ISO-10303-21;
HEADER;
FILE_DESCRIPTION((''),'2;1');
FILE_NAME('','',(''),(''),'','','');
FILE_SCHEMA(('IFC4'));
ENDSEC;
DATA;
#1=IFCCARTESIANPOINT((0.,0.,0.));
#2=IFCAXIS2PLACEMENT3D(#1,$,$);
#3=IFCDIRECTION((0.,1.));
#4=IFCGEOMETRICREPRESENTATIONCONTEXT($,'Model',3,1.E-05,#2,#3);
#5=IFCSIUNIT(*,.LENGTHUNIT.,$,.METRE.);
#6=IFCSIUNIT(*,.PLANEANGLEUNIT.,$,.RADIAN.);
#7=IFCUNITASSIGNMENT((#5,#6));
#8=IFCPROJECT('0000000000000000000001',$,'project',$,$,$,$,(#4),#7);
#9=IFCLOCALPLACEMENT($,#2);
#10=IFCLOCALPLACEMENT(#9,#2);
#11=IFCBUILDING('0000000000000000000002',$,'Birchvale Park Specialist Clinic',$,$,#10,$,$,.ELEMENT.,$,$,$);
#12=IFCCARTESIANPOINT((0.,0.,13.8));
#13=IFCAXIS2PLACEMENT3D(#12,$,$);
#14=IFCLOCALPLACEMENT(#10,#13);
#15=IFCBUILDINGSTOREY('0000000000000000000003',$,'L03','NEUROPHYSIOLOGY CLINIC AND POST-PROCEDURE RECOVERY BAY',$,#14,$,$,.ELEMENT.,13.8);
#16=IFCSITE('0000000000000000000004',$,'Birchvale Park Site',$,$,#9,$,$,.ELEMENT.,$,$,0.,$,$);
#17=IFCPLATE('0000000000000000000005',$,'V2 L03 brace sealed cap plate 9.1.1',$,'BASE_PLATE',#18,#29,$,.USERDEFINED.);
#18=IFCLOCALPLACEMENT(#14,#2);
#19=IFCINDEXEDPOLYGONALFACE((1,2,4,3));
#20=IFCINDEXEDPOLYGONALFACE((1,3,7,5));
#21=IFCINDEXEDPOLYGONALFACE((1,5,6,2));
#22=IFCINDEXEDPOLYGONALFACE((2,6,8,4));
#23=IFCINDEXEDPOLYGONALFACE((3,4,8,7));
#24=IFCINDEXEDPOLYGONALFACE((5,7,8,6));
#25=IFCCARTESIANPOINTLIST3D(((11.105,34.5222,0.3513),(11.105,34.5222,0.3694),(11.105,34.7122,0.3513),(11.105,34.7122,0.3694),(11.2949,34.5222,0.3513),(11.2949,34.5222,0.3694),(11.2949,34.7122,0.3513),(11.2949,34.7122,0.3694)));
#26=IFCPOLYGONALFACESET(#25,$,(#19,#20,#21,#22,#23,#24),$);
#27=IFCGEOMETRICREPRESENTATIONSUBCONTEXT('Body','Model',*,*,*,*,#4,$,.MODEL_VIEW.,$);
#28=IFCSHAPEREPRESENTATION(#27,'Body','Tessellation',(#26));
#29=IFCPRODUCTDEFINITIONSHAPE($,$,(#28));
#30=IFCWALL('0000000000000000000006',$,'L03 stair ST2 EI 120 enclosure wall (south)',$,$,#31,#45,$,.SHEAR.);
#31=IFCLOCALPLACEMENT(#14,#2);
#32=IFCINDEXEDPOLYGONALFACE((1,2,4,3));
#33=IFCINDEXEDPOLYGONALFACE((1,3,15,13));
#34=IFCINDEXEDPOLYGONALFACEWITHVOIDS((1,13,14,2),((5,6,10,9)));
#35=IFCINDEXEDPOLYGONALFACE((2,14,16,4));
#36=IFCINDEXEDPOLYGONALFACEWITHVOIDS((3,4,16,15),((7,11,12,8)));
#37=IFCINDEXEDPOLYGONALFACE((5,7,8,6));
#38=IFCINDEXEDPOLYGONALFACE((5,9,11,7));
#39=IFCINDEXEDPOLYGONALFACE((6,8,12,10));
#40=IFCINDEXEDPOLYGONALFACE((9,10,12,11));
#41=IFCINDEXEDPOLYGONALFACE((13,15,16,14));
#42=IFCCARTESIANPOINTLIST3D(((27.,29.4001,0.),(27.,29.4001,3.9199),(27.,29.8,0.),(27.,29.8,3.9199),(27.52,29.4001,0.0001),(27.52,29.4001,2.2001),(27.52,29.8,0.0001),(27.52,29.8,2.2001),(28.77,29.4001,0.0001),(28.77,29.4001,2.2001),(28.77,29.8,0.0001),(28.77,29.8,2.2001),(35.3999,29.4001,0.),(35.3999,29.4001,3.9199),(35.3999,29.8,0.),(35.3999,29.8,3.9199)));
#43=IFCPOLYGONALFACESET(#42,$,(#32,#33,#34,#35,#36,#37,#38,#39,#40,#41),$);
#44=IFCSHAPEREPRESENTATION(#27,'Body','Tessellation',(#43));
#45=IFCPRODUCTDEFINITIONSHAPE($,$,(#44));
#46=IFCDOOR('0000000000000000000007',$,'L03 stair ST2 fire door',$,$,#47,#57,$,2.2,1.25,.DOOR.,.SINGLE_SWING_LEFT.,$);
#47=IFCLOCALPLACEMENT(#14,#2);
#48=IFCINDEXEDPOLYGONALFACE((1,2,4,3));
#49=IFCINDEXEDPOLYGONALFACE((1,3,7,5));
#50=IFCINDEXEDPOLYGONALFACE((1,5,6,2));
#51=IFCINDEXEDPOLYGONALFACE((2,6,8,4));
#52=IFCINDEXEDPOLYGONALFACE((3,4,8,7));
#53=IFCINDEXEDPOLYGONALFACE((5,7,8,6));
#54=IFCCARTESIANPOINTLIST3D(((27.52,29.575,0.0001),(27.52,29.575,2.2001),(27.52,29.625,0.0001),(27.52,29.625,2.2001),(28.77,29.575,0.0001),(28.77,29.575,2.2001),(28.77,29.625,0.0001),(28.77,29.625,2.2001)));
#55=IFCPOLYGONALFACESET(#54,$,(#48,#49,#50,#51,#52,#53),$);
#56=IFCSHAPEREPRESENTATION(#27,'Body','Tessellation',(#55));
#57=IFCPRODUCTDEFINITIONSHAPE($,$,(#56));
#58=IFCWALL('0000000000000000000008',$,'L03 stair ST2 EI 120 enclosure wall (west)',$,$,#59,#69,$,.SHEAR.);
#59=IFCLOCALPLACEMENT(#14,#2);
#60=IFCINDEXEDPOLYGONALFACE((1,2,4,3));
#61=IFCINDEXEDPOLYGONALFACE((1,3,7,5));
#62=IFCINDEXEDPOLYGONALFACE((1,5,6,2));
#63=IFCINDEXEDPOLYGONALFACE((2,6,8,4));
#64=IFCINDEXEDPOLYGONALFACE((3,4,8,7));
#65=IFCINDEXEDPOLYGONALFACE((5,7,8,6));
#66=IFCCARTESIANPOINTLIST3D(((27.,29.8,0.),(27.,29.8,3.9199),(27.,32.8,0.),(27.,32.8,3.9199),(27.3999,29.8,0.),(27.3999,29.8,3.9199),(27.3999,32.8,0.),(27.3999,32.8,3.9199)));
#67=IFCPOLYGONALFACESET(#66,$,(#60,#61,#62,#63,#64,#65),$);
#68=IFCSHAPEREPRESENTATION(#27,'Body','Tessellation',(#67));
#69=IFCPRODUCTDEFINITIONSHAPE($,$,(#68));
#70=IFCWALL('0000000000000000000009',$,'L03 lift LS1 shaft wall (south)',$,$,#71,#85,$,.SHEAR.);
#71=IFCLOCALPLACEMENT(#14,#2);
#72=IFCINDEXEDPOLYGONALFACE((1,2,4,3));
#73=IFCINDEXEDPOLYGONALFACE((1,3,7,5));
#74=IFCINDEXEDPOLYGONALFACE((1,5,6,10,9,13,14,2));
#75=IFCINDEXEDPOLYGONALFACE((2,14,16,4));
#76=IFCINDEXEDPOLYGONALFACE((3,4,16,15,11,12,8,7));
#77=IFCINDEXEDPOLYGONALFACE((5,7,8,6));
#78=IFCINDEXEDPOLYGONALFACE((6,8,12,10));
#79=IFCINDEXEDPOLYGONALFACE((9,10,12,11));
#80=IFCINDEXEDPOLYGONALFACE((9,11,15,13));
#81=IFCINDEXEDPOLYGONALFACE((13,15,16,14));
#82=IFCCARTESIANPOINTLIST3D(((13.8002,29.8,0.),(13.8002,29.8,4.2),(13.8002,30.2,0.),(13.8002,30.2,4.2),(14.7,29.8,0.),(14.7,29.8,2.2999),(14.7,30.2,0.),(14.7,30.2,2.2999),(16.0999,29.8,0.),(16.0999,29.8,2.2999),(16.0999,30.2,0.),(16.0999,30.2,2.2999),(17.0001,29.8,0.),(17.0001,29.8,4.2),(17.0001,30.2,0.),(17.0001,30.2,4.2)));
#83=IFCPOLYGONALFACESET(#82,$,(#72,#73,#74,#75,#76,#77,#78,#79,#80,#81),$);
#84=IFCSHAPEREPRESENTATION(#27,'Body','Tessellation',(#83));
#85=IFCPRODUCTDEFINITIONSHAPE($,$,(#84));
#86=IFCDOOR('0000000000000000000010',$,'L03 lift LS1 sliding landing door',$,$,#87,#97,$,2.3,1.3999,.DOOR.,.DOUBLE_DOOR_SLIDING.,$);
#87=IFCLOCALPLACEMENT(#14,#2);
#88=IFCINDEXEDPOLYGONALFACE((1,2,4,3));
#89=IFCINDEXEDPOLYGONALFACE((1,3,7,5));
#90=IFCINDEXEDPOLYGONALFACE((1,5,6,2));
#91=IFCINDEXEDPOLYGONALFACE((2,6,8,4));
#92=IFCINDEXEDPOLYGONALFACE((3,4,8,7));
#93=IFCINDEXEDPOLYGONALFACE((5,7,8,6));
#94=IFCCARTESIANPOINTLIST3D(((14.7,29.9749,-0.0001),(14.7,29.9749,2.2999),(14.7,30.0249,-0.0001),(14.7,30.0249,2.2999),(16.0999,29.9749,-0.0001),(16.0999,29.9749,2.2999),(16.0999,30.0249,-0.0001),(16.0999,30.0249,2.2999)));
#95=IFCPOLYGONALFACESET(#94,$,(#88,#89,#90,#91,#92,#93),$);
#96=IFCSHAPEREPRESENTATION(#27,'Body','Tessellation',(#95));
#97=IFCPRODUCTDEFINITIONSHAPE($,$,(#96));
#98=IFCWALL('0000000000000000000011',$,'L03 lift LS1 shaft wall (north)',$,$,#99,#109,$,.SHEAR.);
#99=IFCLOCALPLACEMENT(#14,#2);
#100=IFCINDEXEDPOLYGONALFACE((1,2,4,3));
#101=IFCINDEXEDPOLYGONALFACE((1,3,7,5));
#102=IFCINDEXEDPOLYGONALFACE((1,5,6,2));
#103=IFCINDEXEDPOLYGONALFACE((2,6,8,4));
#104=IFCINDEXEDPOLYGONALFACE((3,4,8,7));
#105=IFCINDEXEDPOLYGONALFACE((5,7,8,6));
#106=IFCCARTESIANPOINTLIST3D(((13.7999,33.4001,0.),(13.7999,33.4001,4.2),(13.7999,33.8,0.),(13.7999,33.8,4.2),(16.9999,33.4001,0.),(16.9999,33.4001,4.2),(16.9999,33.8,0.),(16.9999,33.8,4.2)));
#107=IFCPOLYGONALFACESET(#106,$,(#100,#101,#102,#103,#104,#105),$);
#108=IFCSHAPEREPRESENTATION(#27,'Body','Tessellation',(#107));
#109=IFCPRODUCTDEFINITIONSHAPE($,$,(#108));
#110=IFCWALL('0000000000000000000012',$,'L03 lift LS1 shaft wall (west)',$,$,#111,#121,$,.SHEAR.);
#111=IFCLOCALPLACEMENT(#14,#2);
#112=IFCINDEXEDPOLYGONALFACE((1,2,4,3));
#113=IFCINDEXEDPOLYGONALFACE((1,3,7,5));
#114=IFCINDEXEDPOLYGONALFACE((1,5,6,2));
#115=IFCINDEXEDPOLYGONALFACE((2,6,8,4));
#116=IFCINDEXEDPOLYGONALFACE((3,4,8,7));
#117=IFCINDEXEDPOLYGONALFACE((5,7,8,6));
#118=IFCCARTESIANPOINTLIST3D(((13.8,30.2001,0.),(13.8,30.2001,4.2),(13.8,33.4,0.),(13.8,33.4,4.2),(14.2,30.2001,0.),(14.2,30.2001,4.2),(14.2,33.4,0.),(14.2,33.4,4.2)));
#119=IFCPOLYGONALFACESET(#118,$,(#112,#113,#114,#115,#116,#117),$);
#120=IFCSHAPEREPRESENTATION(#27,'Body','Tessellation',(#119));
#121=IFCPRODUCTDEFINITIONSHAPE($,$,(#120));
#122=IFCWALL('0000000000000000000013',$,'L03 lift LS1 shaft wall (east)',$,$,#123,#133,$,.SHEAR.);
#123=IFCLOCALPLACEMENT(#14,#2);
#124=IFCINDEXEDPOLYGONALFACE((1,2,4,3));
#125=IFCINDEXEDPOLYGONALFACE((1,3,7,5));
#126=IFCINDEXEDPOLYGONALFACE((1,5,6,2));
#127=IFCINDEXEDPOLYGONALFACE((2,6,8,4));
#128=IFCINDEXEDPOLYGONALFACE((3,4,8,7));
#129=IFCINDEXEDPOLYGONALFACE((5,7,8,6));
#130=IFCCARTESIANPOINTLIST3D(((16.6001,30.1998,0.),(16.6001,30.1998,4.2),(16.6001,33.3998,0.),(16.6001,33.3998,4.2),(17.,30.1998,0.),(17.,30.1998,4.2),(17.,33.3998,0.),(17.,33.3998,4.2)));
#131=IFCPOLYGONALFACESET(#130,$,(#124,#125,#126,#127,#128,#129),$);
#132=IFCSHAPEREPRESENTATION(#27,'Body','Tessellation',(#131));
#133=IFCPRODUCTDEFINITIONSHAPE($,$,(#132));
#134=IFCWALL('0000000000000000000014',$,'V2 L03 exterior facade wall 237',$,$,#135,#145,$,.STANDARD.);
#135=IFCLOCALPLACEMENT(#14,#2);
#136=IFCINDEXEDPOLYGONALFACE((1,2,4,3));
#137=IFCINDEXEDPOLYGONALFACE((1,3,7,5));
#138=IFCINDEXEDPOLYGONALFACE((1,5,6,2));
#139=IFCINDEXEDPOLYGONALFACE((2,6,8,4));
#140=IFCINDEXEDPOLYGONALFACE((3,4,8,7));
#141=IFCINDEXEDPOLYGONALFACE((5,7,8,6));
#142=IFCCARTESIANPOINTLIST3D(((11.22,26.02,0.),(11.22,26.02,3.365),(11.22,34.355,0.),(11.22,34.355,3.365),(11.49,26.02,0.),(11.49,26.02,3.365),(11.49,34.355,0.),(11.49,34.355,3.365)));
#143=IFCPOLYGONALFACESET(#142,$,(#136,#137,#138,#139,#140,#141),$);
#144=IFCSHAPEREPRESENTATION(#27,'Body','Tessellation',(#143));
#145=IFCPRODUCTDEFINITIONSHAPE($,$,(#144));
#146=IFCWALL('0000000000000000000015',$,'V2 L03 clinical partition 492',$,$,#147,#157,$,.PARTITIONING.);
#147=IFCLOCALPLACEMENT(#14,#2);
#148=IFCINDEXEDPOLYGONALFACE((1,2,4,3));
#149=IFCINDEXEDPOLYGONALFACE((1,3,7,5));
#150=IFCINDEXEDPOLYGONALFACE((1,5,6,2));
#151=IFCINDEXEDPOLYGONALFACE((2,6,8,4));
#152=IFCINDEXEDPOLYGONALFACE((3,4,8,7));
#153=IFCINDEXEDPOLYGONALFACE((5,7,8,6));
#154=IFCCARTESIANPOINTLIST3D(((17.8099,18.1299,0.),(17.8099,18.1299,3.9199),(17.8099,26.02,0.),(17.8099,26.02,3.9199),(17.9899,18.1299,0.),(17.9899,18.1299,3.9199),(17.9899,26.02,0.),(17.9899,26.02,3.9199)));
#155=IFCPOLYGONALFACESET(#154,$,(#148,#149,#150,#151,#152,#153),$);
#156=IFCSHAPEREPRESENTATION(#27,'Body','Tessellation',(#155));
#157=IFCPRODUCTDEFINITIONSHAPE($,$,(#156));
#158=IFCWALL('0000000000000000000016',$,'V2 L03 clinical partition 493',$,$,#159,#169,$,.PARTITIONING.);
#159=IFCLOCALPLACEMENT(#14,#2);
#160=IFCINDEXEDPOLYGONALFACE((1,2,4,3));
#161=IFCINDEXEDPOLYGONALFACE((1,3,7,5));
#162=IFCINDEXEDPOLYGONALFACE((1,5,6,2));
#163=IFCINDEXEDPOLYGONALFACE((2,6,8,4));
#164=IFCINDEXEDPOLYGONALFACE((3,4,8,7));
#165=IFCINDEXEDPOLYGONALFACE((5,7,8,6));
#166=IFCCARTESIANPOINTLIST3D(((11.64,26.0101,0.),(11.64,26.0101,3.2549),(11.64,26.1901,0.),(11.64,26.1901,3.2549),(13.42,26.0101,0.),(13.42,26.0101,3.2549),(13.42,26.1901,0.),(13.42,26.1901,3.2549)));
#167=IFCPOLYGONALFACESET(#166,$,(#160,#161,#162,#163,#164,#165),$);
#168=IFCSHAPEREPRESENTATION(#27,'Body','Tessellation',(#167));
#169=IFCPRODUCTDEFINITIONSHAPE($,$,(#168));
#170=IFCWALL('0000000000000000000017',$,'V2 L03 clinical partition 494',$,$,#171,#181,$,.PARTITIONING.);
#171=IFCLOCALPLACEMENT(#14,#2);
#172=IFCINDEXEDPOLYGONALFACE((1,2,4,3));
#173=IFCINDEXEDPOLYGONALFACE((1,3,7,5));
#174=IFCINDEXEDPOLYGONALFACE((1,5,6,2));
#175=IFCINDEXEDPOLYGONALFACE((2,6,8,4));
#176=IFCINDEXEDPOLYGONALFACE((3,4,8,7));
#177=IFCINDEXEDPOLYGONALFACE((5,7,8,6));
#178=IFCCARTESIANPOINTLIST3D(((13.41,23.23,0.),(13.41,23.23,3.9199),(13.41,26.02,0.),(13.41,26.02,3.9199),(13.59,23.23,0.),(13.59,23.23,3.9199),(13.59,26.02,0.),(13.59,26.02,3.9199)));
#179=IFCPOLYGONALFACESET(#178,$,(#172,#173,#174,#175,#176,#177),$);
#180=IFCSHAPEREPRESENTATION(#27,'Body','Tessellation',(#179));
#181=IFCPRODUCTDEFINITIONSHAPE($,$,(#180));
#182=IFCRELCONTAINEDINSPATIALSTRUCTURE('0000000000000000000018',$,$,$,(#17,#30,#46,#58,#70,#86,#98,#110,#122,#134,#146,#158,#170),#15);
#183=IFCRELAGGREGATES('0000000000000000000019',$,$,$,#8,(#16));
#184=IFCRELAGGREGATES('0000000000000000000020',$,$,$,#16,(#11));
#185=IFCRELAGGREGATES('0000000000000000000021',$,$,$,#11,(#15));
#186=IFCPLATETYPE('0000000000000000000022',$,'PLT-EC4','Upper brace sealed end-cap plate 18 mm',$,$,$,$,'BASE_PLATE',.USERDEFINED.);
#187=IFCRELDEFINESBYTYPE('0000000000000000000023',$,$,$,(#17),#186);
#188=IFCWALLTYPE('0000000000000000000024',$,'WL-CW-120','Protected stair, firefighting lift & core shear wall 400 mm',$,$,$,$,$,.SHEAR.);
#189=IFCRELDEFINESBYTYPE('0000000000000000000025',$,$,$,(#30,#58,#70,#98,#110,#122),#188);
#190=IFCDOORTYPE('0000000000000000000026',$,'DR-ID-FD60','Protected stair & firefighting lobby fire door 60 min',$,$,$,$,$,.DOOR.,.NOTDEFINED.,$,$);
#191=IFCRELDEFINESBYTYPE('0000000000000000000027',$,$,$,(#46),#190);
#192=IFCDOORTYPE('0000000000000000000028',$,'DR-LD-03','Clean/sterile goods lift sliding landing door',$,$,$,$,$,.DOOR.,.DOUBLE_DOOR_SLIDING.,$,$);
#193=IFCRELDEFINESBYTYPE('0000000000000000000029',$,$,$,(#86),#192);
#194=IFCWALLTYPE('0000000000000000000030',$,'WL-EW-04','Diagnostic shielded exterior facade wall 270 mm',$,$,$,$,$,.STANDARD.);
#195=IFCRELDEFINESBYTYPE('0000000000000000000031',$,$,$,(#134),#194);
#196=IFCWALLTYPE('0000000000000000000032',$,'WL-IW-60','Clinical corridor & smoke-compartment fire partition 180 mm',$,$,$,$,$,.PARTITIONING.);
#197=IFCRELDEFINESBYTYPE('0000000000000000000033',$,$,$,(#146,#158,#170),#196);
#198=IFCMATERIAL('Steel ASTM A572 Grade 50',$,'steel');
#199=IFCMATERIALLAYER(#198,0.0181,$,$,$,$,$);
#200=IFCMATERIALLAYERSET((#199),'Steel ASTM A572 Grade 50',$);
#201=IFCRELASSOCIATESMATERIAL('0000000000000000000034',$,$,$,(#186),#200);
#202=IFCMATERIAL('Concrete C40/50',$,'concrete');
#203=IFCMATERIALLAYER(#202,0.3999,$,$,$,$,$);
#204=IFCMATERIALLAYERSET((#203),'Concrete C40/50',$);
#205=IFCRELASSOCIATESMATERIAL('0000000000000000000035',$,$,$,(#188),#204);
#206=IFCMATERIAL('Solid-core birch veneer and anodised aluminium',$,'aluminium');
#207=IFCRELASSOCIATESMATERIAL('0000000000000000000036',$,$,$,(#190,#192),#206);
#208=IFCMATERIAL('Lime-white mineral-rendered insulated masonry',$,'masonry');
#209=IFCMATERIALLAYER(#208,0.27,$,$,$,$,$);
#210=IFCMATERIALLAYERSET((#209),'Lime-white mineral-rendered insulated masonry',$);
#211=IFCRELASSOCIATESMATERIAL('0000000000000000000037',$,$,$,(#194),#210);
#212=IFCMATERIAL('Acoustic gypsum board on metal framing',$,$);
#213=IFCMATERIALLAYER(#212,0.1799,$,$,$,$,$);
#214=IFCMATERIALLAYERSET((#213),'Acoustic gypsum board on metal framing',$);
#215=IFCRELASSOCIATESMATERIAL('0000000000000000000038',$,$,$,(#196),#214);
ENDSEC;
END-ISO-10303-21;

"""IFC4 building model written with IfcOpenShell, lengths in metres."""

from ifc_helpers import new_model, si_unit, direction, frame, frame_2d, origin, origin_2d, place, context, subcontext, project, spatial, rectangle, extrude, material, layer, layer_set, type_object, element, fill, save


model = new_model("IFC4")

# Units and contexts
model_context = context("Model", 3, precision=1e-05, world=origin(), true_north=direction((0.0, 1.0)))
body_context = subcontext(model_context, "Body", "Model", "MODEL_VIEW")
ifc_project = project(units=[si_unit("LENGTHUNIT", "METRE"), si_unit("PLANEANGLEUNIT", "RADIAN")], contexts=[model_context])

# Site, building, storey
site_placement = place(None, origin())
site = spatial("IfcSite", under=ifc_project, at=site_placement, Name="Birchvale Park Site", CompositionType="ELEMENT", RefElevation=0.0)
building_placement = place(site_placement, origin())
building = spatial("IfcBuilding", under=site, at=building_placement, Name="Birchvale Park Specialist Clinic", CompositionType="ELEMENT")
storey_placement = place(building_placement, frame((0.0, 0.0, 13.8)))
storey = spatial("IfcBuildingStorey", under=building, at=storey_placement, Name="L03", Description="NEUROPHYSIOLOGY CLINIC AND POST-PROCEDURE RECOVERY BAY", CompositionType="ELEMENT", Elevation=13.8)

# Shared definitions
ifc_material_1 = material(Name="Concrete C40/50", Category="concrete")

# Plate
ifc_material_2 = material(Name="Steel ASTM A572 Grade 50", Category="steel")
ifc_layer_1 = layer(ifc_material_2, 0.0181)
ifc_layer_set_1 = layer_set([ifc_layer_1], Name="Steel ASTM A572 Grade 50")
plate_type = type_object("IfcPlateType", Name="PLT-EC4", Description="Upper brace sealed end-cap plate 18 mm", ElementType="BASE_PLATE", PredefinedType="USERDEFINED", material=ifc_layer_set_1)
plate_placement = place(storey_placement, frame((11.2, 34.6172, 0.3513), z_axis=(0.0, 0.0, 1.0), x_axis=(1.0, 0.0, 0.0)))
element("IfcPlate", 1, at=plate_placement, inside=storey, type_object=plate_type, Name="V2 L03 brace sealed cap plate 9.1.1", ObjectType="BASE_PLATE", PredefinedType="USERDEFINED", context=body_context, shape_type="SweptSolid", body=[
    extrude(rectangle(XDim=0.1899, YDim=0.1899, at=origin_2d()), origin(), (0.0, 0.0, 1.0), 0.0181),
])

# Wall, opening, door
ifc_layer_2 = layer(ifc_material_1, 0.3999)
ifc_layer_set_2 = layer_set([ifc_layer_2], Name="Concrete C40/50")
wall_type_1 = type_object("IfcWallType", Name="WL-CW-120", Description="Protected stair, firefighting lift & core shear wall 400 mm", PredefinedType="SHEAR", material=ifc_layer_set_2)
wall_1_placement = place(storey_placement, frame((27.0, 29.6001, 0.0), z_axis=(0.0, 0.0, 1.0), x_axis=(1.0, 0.0, 0.0)))
wall_1 = element("IfcWall", 2, at=wall_1_placement, inside=storey, type_object=wall_type_1, Name="L03 stair ST2 EI 120 enclosure wall (south)", PredefinedType="SHEAR", context=body_context, shape_type="SweptSolid", body=[
    extrude(rectangle(XDim=8.3999, YDim=0.3999, at=frame_2d((4.2, 0.0))), origin(), (0.0, 0.0, 1.0), 3.9199),
])
opening_1_placement = place(wall_1_placement, frame((0.52, 0.0, 0.0)))
opening_1 = element("IfcOpeningElement", 3, at=opening_1_placement, cuts=wall_1, PredefinedType="OPENING", context=body_context, shape_type="SweptSolid", body=[
    extrude(rectangle(XDim=1.25, YDim=2.2, at=frame_2d((0.625, 1.1001))), frame((0.0, 0.21, 0.0), z_axis=(0.0, -1.0, 0.0), x_axis=(1.0, 0.0, 0.0)), (0.0, 0.0, 1.0), 0.4199),
])
ifc_material_3 = material(Name="Solid-core birch veneer and anodised aluminium", Category="aluminium")
door_type_1 = type_object("IfcDoorType", Name="DR-ID-FD60", Description="Protected stair & firefighting lobby fire door 60 min", OperationType="NOTDEFINED", PredefinedType="DOOR", material=ifc_material_3)
door_1_placement = place(opening_1_placement, origin())
door_1 = element("IfcDoor", 4, at=door_1_placement, inside=storey, type_object=door_type_1, Name="L03 stair ST2 fire door", OperationType="SINGLE_SWING_LEFT", OverallHeight=2.2, OverallWidth=1.25, PredefinedType="DOOR", context=body_context, shape_type="SweptSolid", body=[
    extrude(rectangle(XDim=1.25, YDim=2.2, at=frame_2d((0.625, 1.1001))), frame((0.0, 0.0249, 0.0), z_axis=(0.0, -1.0, 0.0), x_axis=(1.0, 0.0, 0.0)), (0.0, 0.0, 1.0), 0.05),
])
fill(opening_1, door_1)

# Wall
wall_2_placement = place(storey_placement, frame((27.2, 29.8, 0.0), z_axis=(0.0, 0.0, 1.0), x_axis=(0.0, 1.0, 0.0)))
element("IfcWall", 5, at=wall_2_placement, inside=storey, type_object=wall_type_1, Name="L03 stair ST2 EI 120 enclosure wall (west)", PredefinedType="SHEAR", context=body_context, shape_type="SweptSolid", body=[
    extrude(rectangle(XDim=3.0, YDim=0.3999, at=frame_2d((1.5, 0.0))), origin(), (0.0, 0.0, 1.0), 3.9199),
])

# Wall, opening, door
wall_3_placement = place(storey_placement, frame((13.8, 30.0, 0.0), z_axis=(0.0, 0.0, 1.0), x_axis=(1.0, 0.0, 0.0)))
wall_3 = element("IfcWall", 6, at=wall_3_placement, inside=storey, type_object=wall_type_1, Name="L03 lift LS1 shaft wall (south)", PredefinedType="SHEAR", context=body_context, shape_type="SweptSolid", body=[
    extrude(rectangle(XDim=3.2, YDim=0.3999, at=frame_2d((1.6001, 0.0))), origin(), (0.0, 0.0, 1.0), 4.2),
])
opening_2_placement = place(wall_3_placement, frame((0.8999, 0.0, 0.0)))
opening_2 = element("IfcOpeningElement", 7, at=opening_2_placement, cuts=wall_3, PredefinedType="OPENING", context=body_context, shape_type="SweptSolid", body=[
    extrude(rectangle(XDim=1.3999, YDim=2.3, at=frame_2d((0.7, 1.1499))), frame((0.0, 0.21, 0.0), z_axis=(0.0, -1.0, 0.0), x_axis=(1.0, 0.0, 0.0)), (0.0, 0.0, 1.0), 0.4199),
])
door_type_2 = type_object("IfcDoorType", Name="DR-LD-03", Description="Clean/sterile goods lift sliding landing door", OperationType="DOUBLE_DOOR_SLIDING", PredefinedType="DOOR", material=ifc_material_3)
door_2_placement = place(opening_2_placement, origin())
door_2 = element("IfcDoor", 8, at=door_2_placement, inside=storey, type_object=door_type_2, Name="L03 lift LS1 sliding landing door", OperationType="DOUBLE_DOOR_SLIDING", OverallHeight=2.3, OverallWidth=1.3999, PredefinedType="DOOR", context=body_context, shape_type="SweptSolid", body=[
    extrude(rectangle(XDim=1.3999, YDim=2.3, at=frame_2d((0.7, 1.1499))), frame((0.0, 0.0249, 0.0), z_axis=(0.0, -1.0, 0.0), x_axis=(1.0, 0.0, 0.0)), (0.0, 0.0, 1.0), 0.05),
])
fill(opening_2, door_2)

# Walls
for number, where, z_axis, x_axis, name in (
    (9, (17.0, 33.6001, 0.0), (0.0, 0.0, 1.0), (-1.0, 0.0, 0.0), "L03 lift LS1 shaft wall (north)"),
    (10, (14.0, 30.2, 0.0), (0.0, 0.0, 1.0), (0.0, 1.0, 0.0), "L03 lift LS1 shaft wall (west)"),
    (11, (16.8, 33.3999, 0.0), (0.0, 0.0, 1.0), (0.0, -1.0, 0.0), "L03 lift LS1 shaft wall (east)"),
):
    element("IfcWall", number, at=place(storey_placement, frame(where, z_axis=z_axis, x_axis=x_axis)), inside=storey, type_object=wall_type_1, Name=name, PredefinedType="SHEAR", context=body_context, shape_type="SweptSolid", body=[
        extrude(rectangle(XDim=3.2, YDim=0.3999, at=frame_2d((1.6001, 0.0))), origin(), (0.0, 0.0, 1.0), 4.2),
    ])
ifc_material_4 = material(Name="Lime-white mineral-rendered insulated masonry", Category="masonry")
ifc_layer_3 = layer(ifc_material_4, 0.27)
ifc_layer_set_3 = layer_set([ifc_layer_3], Name="Lime-white mineral-rendered insulated masonry")
wall_type_2 = type_object("IfcWallType", Name="WL-EW-04", Description="Diagnostic shielded exterior facade wall 270 mm", PredefinedType="STANDARD", material=ifc_layer_set_3)
wall_4_placement = place(storey_placement, frame((11.355, 34.355, 0.0), z_axis=(0.0, 0.0, 1.0), x_axis=(0.0, -1.0, 0.0)))
element("IfcWall", 12, at=wall_4_placement, inside=storey, type_object=wall_type_2, Name="V2 L03 exterior facade wall 237", PredefinedType="STANDARD", context=body_context, shape_type="SweptSolid", body=[
    extrude(rectangle(XDim=8.335, YDim=0.27, at=frame_2d((4.1675, 0.0))), origin(), (0.0, 0.0, 1.0), 3.365),
])
ifc_material_5 = material(Name="Acoustic gypsum board on metal framing")
ifc_layer_4 = layer(ifc_material_5, 0.1799)
ifc_layer_set_4 = layer_set([ifc_layer_4], Name="Acoustic gypsum board on metal framing")
wall_type_3 = type_object("IfcWallType", Name="WL-IW-60", Description="Clinical corridor & smoke-compartment fire partition 180 mm", PredefinedType="PARTITIONING", material=ifc_layer_set_4)
wall_5_placement = place(storey_placement, frame((17.8999, 26.02, 0.0), z_axis=(0.0, 0.0, 1.0), x_axis=(0.0, -1.0, 0.0)))
element("IfcWall", 13, at=wall_5_placement, inside=storey, type_object=wall_type_3, Name="V2 L03 clinical partition 492", PredefinedType="PARTITIONING", context=body_context, shape_type="SweptSolid", body=[
    extrude(rectangle(XDim=7.8901, YDim=0.1799, at=frame_2d((3.9451, 0.0))), origin(), (0.0, 0.0, 1.0), 3.9199),
])
wall_6_placement = place(storey_placement, frame((11.6399, 26.1001, 0.0), z_axis=(0.0, 0.0, 1.0), x_axis=(1.0, 0.0, 0.0)))
element("IfcWall", 14, at=wall_6_placement, inside=storey, type_object=wall_type_3, Name="V2 L03 clinical partition 493", PredefinedType="PARTITIONING", context=body_context, shape_type="SweptSolid", body=[
    extrude(rectangle(XDim=1.78, YDim=0.1799, at=frame_2d((0.8901, 0.0))), origin(), (0.0, 0.0, 1.0), 3.2549),
])
wall_7_placement = place(storey_placement, frame((13.5, 26.02, 0.0), z_axis=(0.0, 0.0, 1.0), x_axis=(0.0, -1.0, 0.0)))
element("IfcWall", 15, at=wall_7_placement, inside=storey, type_object=wall_type_3, Name="V2 L03 clinical partition 494", PredefinedType="PARTITIONING", context=body_context, shape_type="SweptSolid", body=[
    extrude(rectangle(XDim=2.79, YDim=0.1799, at=frame_2d((1.395, 0.0))), origin(), (0.0, 0.0, 1.0), 3.9199),
])

save(model, "model.ifc")
